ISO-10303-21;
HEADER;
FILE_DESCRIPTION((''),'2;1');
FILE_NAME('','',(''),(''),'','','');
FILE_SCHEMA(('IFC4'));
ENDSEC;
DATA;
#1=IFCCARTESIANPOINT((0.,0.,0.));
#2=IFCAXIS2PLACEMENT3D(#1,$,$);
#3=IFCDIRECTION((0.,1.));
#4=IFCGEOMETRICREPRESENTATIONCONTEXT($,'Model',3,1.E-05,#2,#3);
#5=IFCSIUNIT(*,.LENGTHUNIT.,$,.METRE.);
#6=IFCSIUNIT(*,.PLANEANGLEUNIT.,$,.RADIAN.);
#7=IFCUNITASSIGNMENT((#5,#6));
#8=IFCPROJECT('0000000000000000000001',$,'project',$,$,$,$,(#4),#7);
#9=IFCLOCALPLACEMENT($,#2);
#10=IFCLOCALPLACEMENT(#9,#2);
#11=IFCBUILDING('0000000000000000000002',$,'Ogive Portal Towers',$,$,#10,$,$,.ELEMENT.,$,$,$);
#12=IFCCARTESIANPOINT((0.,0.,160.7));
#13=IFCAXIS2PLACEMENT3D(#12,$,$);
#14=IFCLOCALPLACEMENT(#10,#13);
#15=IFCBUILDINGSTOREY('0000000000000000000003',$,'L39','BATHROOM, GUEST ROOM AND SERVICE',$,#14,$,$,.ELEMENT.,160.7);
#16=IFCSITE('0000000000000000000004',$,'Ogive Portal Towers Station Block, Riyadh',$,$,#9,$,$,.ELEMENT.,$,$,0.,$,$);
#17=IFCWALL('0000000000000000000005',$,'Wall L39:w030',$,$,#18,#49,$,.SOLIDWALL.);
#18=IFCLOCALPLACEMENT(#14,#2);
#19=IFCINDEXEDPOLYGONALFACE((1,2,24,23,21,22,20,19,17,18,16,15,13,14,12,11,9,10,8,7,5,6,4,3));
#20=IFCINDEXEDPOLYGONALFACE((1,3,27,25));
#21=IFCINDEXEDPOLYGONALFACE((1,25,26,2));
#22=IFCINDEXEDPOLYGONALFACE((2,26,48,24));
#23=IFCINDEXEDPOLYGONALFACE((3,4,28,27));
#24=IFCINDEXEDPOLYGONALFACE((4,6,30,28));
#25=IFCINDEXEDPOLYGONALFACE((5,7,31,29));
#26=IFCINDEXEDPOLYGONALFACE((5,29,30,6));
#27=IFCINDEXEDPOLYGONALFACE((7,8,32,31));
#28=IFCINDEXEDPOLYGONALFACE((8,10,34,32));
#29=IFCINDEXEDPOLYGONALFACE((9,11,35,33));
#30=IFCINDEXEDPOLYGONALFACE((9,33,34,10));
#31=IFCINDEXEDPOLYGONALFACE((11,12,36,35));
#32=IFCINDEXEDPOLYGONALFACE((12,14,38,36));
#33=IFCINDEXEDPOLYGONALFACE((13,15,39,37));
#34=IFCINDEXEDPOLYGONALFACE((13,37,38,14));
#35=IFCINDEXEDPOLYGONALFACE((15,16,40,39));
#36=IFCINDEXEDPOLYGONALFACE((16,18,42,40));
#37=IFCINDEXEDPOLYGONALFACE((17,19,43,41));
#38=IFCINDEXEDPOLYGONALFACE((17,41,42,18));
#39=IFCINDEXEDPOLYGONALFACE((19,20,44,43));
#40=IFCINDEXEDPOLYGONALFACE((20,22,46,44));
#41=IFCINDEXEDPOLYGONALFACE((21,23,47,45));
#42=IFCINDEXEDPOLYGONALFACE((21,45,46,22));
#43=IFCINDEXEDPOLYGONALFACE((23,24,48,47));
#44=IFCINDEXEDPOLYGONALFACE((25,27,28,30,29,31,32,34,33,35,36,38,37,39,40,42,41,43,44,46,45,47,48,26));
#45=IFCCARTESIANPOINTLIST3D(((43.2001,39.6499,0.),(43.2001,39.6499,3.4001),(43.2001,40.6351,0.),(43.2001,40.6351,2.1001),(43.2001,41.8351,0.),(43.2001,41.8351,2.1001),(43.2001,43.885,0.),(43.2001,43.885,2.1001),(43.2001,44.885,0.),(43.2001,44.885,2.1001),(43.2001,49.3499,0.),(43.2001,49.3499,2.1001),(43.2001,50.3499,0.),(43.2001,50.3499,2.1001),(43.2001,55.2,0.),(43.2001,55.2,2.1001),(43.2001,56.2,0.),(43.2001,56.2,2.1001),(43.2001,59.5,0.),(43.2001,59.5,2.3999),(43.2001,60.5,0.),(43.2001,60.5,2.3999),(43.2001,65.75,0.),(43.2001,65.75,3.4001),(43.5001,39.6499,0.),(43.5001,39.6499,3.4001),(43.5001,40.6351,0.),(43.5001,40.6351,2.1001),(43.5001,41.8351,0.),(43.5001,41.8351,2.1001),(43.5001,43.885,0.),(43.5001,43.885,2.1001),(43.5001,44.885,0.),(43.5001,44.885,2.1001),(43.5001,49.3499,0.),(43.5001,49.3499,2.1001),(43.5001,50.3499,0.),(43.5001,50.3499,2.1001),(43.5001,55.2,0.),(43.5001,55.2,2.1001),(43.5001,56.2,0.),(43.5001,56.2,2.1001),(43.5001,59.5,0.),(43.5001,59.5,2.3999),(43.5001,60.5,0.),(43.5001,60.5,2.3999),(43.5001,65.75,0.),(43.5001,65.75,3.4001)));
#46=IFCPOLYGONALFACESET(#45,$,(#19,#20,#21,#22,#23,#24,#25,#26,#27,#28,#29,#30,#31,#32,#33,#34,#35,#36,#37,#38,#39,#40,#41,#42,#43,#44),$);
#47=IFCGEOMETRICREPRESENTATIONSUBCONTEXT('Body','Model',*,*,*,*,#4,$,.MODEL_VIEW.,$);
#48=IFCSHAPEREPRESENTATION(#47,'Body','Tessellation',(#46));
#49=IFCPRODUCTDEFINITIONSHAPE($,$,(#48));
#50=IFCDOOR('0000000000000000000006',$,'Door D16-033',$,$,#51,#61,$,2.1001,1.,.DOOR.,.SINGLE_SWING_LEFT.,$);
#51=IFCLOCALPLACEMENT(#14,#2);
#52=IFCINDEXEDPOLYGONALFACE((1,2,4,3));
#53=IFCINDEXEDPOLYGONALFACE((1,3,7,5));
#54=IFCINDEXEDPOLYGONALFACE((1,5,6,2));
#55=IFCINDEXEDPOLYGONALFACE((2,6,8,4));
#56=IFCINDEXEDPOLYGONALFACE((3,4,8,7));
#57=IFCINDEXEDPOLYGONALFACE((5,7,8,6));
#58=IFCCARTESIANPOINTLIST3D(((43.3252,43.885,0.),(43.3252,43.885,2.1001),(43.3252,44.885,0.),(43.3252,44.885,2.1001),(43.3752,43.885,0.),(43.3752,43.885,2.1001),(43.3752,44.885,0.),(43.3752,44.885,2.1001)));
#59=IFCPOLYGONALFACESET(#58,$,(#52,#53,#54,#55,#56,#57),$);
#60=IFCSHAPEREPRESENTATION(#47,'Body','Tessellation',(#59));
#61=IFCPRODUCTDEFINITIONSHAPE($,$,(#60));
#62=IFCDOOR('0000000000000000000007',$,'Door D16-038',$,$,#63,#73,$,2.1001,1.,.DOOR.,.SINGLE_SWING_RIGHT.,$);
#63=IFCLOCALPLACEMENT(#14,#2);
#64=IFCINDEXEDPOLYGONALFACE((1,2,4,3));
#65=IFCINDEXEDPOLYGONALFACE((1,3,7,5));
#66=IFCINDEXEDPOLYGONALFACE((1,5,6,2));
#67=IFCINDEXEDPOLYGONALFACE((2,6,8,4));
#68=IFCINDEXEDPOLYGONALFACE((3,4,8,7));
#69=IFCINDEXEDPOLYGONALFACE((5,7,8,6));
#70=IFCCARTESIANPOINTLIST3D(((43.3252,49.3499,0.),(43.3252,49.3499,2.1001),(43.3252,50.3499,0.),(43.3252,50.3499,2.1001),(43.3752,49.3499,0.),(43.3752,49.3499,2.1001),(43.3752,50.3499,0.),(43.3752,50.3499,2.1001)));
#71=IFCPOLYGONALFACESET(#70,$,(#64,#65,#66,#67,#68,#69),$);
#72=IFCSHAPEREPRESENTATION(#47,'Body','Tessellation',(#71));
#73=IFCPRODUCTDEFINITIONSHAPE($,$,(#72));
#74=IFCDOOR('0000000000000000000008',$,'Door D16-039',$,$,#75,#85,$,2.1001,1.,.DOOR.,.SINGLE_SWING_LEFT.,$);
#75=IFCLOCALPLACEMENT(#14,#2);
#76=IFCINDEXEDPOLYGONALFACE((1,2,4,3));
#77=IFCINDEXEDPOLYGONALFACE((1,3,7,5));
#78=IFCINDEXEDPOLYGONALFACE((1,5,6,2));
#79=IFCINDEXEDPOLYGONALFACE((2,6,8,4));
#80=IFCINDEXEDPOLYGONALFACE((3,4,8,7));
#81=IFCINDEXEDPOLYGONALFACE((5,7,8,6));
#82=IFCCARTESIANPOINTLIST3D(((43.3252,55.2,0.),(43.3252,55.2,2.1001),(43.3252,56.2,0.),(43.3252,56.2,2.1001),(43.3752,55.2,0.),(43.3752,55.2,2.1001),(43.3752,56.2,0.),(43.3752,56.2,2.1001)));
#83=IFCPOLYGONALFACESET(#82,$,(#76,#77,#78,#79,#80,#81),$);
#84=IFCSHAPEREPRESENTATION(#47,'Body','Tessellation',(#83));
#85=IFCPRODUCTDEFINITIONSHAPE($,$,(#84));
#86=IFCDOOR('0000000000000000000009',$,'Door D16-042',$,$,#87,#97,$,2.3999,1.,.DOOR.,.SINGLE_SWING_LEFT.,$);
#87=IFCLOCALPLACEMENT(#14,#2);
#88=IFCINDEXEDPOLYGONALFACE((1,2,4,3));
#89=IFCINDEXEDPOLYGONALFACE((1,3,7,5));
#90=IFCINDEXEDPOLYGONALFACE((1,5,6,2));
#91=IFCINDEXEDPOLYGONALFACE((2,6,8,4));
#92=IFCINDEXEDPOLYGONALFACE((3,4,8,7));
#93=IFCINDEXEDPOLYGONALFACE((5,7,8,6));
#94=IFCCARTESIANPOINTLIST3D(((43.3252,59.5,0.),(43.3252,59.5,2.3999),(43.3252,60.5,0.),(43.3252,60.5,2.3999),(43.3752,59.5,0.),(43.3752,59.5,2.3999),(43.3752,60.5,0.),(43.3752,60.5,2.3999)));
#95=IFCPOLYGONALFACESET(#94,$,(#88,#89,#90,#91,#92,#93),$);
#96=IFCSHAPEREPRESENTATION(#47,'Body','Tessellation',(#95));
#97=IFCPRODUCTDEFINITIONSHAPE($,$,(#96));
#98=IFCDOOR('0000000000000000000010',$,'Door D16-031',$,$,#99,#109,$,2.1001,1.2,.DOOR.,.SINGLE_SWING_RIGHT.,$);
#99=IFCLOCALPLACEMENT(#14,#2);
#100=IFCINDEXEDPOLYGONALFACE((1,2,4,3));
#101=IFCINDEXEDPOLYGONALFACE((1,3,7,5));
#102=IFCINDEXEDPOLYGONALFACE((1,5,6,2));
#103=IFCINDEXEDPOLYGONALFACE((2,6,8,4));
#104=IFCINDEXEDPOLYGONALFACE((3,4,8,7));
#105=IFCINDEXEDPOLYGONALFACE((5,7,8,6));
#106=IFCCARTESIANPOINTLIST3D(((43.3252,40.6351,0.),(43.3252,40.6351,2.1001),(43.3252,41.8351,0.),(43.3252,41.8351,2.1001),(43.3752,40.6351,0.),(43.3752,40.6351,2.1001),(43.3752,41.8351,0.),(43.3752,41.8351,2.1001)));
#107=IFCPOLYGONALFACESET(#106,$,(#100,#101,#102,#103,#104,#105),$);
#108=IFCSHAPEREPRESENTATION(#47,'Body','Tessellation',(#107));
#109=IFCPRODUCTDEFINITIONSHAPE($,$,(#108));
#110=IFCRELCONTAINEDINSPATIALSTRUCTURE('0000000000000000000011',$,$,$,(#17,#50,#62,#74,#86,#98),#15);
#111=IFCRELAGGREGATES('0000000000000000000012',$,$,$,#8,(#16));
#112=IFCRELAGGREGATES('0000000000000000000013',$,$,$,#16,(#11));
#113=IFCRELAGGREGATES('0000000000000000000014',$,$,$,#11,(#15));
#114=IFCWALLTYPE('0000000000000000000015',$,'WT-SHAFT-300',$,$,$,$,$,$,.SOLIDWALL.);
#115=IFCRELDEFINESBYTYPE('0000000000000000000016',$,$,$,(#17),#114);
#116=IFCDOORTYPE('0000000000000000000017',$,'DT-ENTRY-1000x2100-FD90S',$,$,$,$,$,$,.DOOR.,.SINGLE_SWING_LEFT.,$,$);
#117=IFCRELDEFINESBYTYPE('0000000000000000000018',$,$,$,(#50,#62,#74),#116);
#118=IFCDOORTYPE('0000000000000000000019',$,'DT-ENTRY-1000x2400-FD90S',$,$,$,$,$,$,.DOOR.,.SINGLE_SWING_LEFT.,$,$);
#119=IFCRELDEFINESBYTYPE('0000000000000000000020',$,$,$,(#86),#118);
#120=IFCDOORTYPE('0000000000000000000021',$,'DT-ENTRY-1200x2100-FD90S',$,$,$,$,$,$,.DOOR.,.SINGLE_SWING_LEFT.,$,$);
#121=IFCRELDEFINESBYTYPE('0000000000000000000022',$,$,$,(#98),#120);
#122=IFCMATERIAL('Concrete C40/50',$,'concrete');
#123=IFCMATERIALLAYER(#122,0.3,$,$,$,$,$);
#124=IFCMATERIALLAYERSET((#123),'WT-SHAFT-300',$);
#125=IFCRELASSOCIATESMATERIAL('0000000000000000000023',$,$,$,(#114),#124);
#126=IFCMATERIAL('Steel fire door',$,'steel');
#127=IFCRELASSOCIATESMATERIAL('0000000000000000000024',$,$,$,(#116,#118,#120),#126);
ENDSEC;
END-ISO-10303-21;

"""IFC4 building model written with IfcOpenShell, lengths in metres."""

from ifc_helpers import new_model, si_unit, direction, frame, frame_2d, origin, place, context, subcontext, project, spatial, rectangle, extrude, material, layer, layer_set, type_object, element, fill, save


model = new_model("IFC4")

# Units and contexts
model_context = context("Model", 3, precision=1e-05, world=origin(), true_north=direction((0.0, 1.0)))
body_context = subcontext(model_context, "Body", "Model", "MODEL_VIEW")
ifc_project = project(units=[si_unit("LENGTHUNIT", "METRE"), si_unit("PLANEANGLEUNIT", "RADIAN")], contexts=[model_context])

# Site, building, storey
site_placement = place(None, origin())
site = spatial("IfcSite", under=ifc_project, at=site_placement, Name="Ogive Portal Towers Station Block, Riyadh", CompositionType="ELEMENT", RefElevation=0.0)
building_placement = place(site_placement, origin())
building = spatial("IfcBuilding", under=site, at=building_placement, Name="Ogive Portal Towers", CompositionType="ELEMENT")
storey_placement = place(building_placement, frame((0.0, 0.0, 160.7)))
storey = spatial("IfcBuildingStorey", under=building, at=storey_placement, Name="L39", Description="BATHROOM, GUEST ROOM AND SERVICE", CompositionType="ELEMENT", Elevation=160.7)

# Shared definitions
ifc_material_1 = material(Name="Concrete C40/50", Category="concrete")

# Shared definitions
ifc_material_2 = material(Name="Steel fire door", Category="steel")

# Wall, openings, doors
ifc_layer_1 = layer(ifc_material_1, 0.3)
ifc_layer_set_1 = layer_set([ifc_layer_1], Name="WT-SHAFT-300")
wall_type_1 = type_object("IfcWallType", Name="WT-SHAFT-300", PredefinedType="SOLIDWALL", material=ifc_layer_set_1)
wall_1_placement = place(storey_placement, frame((43.3501, 39.6499, 0.0), z_axis=(0.0, 0.0, 1.0), x_axis=(0.0, 1.0, 0.0)))
wall_1 = element("IfcWall", 1, at=wall_1_placement, inside=storey, type_object=wall_type_1, Name="Wall L39:w030", PredefinedType="SOLIDWALL", context=body_context, shape_type="SweptSolid", body=[
    extrude(rectangle(XDim=26.1001, YDim=0.3, at=frame_2d((13.05, 0.0))), origin(), (0.0, 0.0, 1.0), 3.4001),
])
opening_1_placement = place(wall_1_placement, frame((0.9851, 0.0, 0.0)))
opening_1 = element("IfcOpeningElement", 2, at=opening_1_placement, cuts=wall_1, PredefinedType="OPENING", context=body_context, shape_type="SweptSolid", body=[
    extrude(rectangle(XDim=1.2, YDim=2.1001, at=frame_2d((0.6001, 1.05))), frame((0.0, 0.1602, 0.0), z_axis=(0.0, -1.0, 0.0), x_axis=(1.0, 0.0, 0.0)), (0.0, 0.0, 1.0), 0.3201),
])
opening_2_placement = place(wall_1_placement, frame((4.2351, 0.0, 0.0)))
opening_2 = element("IfcOpeningElement", 3, at=opening_2_placement, cuts=wall_1, PredefinedType="OPENING", context=body_context, shape_type="SweptSolid", body=[
    extrude(rectangle(XDim=1.0, YDim=2.1001, at=frame_2d((0.5, 1.05))), frame((0.0, 0.1602, 0.0), z_axis=(0.0, -1.0, 0.0), x_axis=(1.0, 0.0, 0.0)), (0.0, 0.0, 1.0), 0.3201),
])
opening_3_placement = place(wall_1_placement, frame((9.7, 0.0, 0.0)))
opening_3 = element("IfcOpeningElement", 4, at=opening_3_placement, cuts=wall_1, PredefinedType="OPENING", context=body_context, shape_type="SweptSolid", body=[
    extrude(rectangle(XDim=1.0, YDim=2.1001, at=frame_2d((0.5, 1.05))), frame((0.0, 0.1602, 0.0), z_axis=(0.0, -1.0, 0.0), x_axis=(1.0, 0.0, 0.0)), (0.0, 0.0, 1.0), 0.3201),
])
opening_4_placement = place(wall_1_placement, frame((15.55, 0.0, 0.0)))
opening_4 = element("IfcOpeningElement", 5, at=opening_4_placement, cuts=wall_1, PredefinedType="OPENING", context=body_context, shape_type="SweptSolid", body=[
    extrude(rectangle(XDim=1.0, YDim=2.1001, at=frame_2d((0.5, 1.05))), frame((0.0, 0.1602, 0.0), z_axis=(0.0, -1.0, 0.0), x_axis=(1.0, 0.0, 0.0)), (0.0, 0.0, 1.0), 0.3201),
])
opening_5_placement = place(wall_1_placement, frame((19.8501, 0.0, 0.0)))
opening_5 = element("IfcOpeningElement", 6, at=opening_5_placement, cuts=wall_1, PredefinedType="OPENING", context=body_context, shape_type="SweptSolid", body=[
    extrude(rectangle(XDim=1.0, YDim=2.3999, at=frame_2d((0.5, 1.2))), frame((0.0, 0.1602, 0.0), z_axis=(0.0, -1.0, 0.0), x_axis=(1.0, 0.0, 0.0)), (0.0, 0.0, 1.0), 0.3201),
])
door_type_1 = type_object("IfcDoorType", Name="DT-ENTRY-1000x2100-FD90S", OperationType="SINGLE_SWING_LEFT", PredefinedType="DOOR", material=ifc_material_2)
door_1_placement = place(opening_2_placement, origin())
door_1 = element("IfcDoor", 7, at=door_1_placement, inside=storey, type_object=door_type_1, Name="Door D16-033", OperationType="SINGLE_SWING_LEFT", OverallHeight=2.1001, OverallWidth=1.0, PredefinedType="DOOR", context=body_context, shape_type="SweptSolid", body=[
    extrude(rectangle(XDim=1.0, YDim=2.1001, at=frame_2d((0.5, 1.05))), frame((0.0, 0.0249, 0.0), z_axis=(0.0, -1.0, 0.0), x_axis=(1.0, 0.0, 0.0)), (0.0, 0.0, 1.0), 0.05),
])
fill(opening_2, door_1)
door_2_placement = place(opening_3_placement, origin())
door_2 = element("IfcDoor", 8, at=door_2_placement, inside=storey, type_object=door_type_1, Name="Door D16-038", OperationType="SINGLE_SWING_RIGHT", OverallHeight=2.1001, OverallWidth=1.0, PredefinedType="DOOR", context=body_context, shape_type="SweptSolid", body=[
    extrude(rectangle(XDim=1.0, YDim=2.1001, at=frame_2d((0.5, 1.05))), frame((0.0, 0.0249, 0.0), z_axis=(0.0, -1.0, 0.0), x_axis=(1.0, 0.0, 0.0)), (0.0, 0.0, 1.0), 0.05),
])
fill(opening_3, door_2)
door_3_placement = place(opening_4_placement, origin())
door_3 = element("IfcDoor", 9, at=door_3_placement, inside=storey, type_object=door_type_1, Name="Door D16-039", OperationType="SINGLE_SWING_LEFT", OverallHeight=2.1001, OverallWidth=1.0, PredefinedType="DOOR", context=body_context, shape_type="SweptSolid", body=[
    extrude(rectangle(XDim=1.0, YDim=2.1001, at=frame_2d((0.5, 1.05))), frame((0.0, 0.0249, 0.0), z_axis=(0.0, -1.0, 0.0), x_axis=(1.0, 0.0, 0.0)), (0.0, 0.0, 1.0), 0.05),
])
fill(opening_4, door_3)
door_type_2 = type_object("IfcDoorType", Name="DT-ENTRY-1000x2400-FD90S", OperationType="SINGLE_SWING_LEFT", PredefinedType="DOOR", material=ifc_material_2)
door_4_placement = place(opening_5_placement, origin())
door_4 = element("IfcDoor", 10, at=door_4_placement, inside=storey, type_object=door_type_2, Name="Door D16-042", OperationType="SINGLE_SWING_LEFT", OverallHeight=2.3999, OverallWidth=1.0, PredefinedType="DOOR", context=body_context, shape_type="SweptSolid", body=[
    extrude(rectangle(XDim=1.0, YDim=2.3999, at=frame_2d((0.5, 1.2))), frame((0.0, 0.0249, 0.0), z_axis=(0.0, -1.0, 0.0), x_axis=(1.0, 0.0, 0.0)), (0.0, 0.0, 1.0), 0.05),
])
fill(opening_5, door_4)
door_type_3 = type_object("IfcDoorType", Name="DT-ENTRY-1200x2100-FD90S", OperationType="SINGLE_SWING_LEFT", PredefinedType="DOOR", material=ifc_material_2)
door_5_placement = place(opening_1_placement, origin())
door_5 = element("IfcDoor", 11, at=door_5_placement, inside=storey, type_object=door_type_3, Name="Door D16-031", OperationType="SINGLE_SWING_RIGHT", OverallHeight=2.1001, OverallWidth=1.2, PredefinedType="DOOR", context=body_context, shape_type="SweptSolid", body=[
    extrude(rectangle(XDim=1.2, YDim=2.1001, at=frame_2d((0.6001, 1.05))), frame((0.0, 0.0249, 0.0), z_axis=(0.0, -1.0, 0.0), x_axis=(1.0, 0.0, 0.0)), (0.0, 0.0, 1.0), 0.05),
])
fill(opening_1, door_5)

save(model, "model.ifc")
